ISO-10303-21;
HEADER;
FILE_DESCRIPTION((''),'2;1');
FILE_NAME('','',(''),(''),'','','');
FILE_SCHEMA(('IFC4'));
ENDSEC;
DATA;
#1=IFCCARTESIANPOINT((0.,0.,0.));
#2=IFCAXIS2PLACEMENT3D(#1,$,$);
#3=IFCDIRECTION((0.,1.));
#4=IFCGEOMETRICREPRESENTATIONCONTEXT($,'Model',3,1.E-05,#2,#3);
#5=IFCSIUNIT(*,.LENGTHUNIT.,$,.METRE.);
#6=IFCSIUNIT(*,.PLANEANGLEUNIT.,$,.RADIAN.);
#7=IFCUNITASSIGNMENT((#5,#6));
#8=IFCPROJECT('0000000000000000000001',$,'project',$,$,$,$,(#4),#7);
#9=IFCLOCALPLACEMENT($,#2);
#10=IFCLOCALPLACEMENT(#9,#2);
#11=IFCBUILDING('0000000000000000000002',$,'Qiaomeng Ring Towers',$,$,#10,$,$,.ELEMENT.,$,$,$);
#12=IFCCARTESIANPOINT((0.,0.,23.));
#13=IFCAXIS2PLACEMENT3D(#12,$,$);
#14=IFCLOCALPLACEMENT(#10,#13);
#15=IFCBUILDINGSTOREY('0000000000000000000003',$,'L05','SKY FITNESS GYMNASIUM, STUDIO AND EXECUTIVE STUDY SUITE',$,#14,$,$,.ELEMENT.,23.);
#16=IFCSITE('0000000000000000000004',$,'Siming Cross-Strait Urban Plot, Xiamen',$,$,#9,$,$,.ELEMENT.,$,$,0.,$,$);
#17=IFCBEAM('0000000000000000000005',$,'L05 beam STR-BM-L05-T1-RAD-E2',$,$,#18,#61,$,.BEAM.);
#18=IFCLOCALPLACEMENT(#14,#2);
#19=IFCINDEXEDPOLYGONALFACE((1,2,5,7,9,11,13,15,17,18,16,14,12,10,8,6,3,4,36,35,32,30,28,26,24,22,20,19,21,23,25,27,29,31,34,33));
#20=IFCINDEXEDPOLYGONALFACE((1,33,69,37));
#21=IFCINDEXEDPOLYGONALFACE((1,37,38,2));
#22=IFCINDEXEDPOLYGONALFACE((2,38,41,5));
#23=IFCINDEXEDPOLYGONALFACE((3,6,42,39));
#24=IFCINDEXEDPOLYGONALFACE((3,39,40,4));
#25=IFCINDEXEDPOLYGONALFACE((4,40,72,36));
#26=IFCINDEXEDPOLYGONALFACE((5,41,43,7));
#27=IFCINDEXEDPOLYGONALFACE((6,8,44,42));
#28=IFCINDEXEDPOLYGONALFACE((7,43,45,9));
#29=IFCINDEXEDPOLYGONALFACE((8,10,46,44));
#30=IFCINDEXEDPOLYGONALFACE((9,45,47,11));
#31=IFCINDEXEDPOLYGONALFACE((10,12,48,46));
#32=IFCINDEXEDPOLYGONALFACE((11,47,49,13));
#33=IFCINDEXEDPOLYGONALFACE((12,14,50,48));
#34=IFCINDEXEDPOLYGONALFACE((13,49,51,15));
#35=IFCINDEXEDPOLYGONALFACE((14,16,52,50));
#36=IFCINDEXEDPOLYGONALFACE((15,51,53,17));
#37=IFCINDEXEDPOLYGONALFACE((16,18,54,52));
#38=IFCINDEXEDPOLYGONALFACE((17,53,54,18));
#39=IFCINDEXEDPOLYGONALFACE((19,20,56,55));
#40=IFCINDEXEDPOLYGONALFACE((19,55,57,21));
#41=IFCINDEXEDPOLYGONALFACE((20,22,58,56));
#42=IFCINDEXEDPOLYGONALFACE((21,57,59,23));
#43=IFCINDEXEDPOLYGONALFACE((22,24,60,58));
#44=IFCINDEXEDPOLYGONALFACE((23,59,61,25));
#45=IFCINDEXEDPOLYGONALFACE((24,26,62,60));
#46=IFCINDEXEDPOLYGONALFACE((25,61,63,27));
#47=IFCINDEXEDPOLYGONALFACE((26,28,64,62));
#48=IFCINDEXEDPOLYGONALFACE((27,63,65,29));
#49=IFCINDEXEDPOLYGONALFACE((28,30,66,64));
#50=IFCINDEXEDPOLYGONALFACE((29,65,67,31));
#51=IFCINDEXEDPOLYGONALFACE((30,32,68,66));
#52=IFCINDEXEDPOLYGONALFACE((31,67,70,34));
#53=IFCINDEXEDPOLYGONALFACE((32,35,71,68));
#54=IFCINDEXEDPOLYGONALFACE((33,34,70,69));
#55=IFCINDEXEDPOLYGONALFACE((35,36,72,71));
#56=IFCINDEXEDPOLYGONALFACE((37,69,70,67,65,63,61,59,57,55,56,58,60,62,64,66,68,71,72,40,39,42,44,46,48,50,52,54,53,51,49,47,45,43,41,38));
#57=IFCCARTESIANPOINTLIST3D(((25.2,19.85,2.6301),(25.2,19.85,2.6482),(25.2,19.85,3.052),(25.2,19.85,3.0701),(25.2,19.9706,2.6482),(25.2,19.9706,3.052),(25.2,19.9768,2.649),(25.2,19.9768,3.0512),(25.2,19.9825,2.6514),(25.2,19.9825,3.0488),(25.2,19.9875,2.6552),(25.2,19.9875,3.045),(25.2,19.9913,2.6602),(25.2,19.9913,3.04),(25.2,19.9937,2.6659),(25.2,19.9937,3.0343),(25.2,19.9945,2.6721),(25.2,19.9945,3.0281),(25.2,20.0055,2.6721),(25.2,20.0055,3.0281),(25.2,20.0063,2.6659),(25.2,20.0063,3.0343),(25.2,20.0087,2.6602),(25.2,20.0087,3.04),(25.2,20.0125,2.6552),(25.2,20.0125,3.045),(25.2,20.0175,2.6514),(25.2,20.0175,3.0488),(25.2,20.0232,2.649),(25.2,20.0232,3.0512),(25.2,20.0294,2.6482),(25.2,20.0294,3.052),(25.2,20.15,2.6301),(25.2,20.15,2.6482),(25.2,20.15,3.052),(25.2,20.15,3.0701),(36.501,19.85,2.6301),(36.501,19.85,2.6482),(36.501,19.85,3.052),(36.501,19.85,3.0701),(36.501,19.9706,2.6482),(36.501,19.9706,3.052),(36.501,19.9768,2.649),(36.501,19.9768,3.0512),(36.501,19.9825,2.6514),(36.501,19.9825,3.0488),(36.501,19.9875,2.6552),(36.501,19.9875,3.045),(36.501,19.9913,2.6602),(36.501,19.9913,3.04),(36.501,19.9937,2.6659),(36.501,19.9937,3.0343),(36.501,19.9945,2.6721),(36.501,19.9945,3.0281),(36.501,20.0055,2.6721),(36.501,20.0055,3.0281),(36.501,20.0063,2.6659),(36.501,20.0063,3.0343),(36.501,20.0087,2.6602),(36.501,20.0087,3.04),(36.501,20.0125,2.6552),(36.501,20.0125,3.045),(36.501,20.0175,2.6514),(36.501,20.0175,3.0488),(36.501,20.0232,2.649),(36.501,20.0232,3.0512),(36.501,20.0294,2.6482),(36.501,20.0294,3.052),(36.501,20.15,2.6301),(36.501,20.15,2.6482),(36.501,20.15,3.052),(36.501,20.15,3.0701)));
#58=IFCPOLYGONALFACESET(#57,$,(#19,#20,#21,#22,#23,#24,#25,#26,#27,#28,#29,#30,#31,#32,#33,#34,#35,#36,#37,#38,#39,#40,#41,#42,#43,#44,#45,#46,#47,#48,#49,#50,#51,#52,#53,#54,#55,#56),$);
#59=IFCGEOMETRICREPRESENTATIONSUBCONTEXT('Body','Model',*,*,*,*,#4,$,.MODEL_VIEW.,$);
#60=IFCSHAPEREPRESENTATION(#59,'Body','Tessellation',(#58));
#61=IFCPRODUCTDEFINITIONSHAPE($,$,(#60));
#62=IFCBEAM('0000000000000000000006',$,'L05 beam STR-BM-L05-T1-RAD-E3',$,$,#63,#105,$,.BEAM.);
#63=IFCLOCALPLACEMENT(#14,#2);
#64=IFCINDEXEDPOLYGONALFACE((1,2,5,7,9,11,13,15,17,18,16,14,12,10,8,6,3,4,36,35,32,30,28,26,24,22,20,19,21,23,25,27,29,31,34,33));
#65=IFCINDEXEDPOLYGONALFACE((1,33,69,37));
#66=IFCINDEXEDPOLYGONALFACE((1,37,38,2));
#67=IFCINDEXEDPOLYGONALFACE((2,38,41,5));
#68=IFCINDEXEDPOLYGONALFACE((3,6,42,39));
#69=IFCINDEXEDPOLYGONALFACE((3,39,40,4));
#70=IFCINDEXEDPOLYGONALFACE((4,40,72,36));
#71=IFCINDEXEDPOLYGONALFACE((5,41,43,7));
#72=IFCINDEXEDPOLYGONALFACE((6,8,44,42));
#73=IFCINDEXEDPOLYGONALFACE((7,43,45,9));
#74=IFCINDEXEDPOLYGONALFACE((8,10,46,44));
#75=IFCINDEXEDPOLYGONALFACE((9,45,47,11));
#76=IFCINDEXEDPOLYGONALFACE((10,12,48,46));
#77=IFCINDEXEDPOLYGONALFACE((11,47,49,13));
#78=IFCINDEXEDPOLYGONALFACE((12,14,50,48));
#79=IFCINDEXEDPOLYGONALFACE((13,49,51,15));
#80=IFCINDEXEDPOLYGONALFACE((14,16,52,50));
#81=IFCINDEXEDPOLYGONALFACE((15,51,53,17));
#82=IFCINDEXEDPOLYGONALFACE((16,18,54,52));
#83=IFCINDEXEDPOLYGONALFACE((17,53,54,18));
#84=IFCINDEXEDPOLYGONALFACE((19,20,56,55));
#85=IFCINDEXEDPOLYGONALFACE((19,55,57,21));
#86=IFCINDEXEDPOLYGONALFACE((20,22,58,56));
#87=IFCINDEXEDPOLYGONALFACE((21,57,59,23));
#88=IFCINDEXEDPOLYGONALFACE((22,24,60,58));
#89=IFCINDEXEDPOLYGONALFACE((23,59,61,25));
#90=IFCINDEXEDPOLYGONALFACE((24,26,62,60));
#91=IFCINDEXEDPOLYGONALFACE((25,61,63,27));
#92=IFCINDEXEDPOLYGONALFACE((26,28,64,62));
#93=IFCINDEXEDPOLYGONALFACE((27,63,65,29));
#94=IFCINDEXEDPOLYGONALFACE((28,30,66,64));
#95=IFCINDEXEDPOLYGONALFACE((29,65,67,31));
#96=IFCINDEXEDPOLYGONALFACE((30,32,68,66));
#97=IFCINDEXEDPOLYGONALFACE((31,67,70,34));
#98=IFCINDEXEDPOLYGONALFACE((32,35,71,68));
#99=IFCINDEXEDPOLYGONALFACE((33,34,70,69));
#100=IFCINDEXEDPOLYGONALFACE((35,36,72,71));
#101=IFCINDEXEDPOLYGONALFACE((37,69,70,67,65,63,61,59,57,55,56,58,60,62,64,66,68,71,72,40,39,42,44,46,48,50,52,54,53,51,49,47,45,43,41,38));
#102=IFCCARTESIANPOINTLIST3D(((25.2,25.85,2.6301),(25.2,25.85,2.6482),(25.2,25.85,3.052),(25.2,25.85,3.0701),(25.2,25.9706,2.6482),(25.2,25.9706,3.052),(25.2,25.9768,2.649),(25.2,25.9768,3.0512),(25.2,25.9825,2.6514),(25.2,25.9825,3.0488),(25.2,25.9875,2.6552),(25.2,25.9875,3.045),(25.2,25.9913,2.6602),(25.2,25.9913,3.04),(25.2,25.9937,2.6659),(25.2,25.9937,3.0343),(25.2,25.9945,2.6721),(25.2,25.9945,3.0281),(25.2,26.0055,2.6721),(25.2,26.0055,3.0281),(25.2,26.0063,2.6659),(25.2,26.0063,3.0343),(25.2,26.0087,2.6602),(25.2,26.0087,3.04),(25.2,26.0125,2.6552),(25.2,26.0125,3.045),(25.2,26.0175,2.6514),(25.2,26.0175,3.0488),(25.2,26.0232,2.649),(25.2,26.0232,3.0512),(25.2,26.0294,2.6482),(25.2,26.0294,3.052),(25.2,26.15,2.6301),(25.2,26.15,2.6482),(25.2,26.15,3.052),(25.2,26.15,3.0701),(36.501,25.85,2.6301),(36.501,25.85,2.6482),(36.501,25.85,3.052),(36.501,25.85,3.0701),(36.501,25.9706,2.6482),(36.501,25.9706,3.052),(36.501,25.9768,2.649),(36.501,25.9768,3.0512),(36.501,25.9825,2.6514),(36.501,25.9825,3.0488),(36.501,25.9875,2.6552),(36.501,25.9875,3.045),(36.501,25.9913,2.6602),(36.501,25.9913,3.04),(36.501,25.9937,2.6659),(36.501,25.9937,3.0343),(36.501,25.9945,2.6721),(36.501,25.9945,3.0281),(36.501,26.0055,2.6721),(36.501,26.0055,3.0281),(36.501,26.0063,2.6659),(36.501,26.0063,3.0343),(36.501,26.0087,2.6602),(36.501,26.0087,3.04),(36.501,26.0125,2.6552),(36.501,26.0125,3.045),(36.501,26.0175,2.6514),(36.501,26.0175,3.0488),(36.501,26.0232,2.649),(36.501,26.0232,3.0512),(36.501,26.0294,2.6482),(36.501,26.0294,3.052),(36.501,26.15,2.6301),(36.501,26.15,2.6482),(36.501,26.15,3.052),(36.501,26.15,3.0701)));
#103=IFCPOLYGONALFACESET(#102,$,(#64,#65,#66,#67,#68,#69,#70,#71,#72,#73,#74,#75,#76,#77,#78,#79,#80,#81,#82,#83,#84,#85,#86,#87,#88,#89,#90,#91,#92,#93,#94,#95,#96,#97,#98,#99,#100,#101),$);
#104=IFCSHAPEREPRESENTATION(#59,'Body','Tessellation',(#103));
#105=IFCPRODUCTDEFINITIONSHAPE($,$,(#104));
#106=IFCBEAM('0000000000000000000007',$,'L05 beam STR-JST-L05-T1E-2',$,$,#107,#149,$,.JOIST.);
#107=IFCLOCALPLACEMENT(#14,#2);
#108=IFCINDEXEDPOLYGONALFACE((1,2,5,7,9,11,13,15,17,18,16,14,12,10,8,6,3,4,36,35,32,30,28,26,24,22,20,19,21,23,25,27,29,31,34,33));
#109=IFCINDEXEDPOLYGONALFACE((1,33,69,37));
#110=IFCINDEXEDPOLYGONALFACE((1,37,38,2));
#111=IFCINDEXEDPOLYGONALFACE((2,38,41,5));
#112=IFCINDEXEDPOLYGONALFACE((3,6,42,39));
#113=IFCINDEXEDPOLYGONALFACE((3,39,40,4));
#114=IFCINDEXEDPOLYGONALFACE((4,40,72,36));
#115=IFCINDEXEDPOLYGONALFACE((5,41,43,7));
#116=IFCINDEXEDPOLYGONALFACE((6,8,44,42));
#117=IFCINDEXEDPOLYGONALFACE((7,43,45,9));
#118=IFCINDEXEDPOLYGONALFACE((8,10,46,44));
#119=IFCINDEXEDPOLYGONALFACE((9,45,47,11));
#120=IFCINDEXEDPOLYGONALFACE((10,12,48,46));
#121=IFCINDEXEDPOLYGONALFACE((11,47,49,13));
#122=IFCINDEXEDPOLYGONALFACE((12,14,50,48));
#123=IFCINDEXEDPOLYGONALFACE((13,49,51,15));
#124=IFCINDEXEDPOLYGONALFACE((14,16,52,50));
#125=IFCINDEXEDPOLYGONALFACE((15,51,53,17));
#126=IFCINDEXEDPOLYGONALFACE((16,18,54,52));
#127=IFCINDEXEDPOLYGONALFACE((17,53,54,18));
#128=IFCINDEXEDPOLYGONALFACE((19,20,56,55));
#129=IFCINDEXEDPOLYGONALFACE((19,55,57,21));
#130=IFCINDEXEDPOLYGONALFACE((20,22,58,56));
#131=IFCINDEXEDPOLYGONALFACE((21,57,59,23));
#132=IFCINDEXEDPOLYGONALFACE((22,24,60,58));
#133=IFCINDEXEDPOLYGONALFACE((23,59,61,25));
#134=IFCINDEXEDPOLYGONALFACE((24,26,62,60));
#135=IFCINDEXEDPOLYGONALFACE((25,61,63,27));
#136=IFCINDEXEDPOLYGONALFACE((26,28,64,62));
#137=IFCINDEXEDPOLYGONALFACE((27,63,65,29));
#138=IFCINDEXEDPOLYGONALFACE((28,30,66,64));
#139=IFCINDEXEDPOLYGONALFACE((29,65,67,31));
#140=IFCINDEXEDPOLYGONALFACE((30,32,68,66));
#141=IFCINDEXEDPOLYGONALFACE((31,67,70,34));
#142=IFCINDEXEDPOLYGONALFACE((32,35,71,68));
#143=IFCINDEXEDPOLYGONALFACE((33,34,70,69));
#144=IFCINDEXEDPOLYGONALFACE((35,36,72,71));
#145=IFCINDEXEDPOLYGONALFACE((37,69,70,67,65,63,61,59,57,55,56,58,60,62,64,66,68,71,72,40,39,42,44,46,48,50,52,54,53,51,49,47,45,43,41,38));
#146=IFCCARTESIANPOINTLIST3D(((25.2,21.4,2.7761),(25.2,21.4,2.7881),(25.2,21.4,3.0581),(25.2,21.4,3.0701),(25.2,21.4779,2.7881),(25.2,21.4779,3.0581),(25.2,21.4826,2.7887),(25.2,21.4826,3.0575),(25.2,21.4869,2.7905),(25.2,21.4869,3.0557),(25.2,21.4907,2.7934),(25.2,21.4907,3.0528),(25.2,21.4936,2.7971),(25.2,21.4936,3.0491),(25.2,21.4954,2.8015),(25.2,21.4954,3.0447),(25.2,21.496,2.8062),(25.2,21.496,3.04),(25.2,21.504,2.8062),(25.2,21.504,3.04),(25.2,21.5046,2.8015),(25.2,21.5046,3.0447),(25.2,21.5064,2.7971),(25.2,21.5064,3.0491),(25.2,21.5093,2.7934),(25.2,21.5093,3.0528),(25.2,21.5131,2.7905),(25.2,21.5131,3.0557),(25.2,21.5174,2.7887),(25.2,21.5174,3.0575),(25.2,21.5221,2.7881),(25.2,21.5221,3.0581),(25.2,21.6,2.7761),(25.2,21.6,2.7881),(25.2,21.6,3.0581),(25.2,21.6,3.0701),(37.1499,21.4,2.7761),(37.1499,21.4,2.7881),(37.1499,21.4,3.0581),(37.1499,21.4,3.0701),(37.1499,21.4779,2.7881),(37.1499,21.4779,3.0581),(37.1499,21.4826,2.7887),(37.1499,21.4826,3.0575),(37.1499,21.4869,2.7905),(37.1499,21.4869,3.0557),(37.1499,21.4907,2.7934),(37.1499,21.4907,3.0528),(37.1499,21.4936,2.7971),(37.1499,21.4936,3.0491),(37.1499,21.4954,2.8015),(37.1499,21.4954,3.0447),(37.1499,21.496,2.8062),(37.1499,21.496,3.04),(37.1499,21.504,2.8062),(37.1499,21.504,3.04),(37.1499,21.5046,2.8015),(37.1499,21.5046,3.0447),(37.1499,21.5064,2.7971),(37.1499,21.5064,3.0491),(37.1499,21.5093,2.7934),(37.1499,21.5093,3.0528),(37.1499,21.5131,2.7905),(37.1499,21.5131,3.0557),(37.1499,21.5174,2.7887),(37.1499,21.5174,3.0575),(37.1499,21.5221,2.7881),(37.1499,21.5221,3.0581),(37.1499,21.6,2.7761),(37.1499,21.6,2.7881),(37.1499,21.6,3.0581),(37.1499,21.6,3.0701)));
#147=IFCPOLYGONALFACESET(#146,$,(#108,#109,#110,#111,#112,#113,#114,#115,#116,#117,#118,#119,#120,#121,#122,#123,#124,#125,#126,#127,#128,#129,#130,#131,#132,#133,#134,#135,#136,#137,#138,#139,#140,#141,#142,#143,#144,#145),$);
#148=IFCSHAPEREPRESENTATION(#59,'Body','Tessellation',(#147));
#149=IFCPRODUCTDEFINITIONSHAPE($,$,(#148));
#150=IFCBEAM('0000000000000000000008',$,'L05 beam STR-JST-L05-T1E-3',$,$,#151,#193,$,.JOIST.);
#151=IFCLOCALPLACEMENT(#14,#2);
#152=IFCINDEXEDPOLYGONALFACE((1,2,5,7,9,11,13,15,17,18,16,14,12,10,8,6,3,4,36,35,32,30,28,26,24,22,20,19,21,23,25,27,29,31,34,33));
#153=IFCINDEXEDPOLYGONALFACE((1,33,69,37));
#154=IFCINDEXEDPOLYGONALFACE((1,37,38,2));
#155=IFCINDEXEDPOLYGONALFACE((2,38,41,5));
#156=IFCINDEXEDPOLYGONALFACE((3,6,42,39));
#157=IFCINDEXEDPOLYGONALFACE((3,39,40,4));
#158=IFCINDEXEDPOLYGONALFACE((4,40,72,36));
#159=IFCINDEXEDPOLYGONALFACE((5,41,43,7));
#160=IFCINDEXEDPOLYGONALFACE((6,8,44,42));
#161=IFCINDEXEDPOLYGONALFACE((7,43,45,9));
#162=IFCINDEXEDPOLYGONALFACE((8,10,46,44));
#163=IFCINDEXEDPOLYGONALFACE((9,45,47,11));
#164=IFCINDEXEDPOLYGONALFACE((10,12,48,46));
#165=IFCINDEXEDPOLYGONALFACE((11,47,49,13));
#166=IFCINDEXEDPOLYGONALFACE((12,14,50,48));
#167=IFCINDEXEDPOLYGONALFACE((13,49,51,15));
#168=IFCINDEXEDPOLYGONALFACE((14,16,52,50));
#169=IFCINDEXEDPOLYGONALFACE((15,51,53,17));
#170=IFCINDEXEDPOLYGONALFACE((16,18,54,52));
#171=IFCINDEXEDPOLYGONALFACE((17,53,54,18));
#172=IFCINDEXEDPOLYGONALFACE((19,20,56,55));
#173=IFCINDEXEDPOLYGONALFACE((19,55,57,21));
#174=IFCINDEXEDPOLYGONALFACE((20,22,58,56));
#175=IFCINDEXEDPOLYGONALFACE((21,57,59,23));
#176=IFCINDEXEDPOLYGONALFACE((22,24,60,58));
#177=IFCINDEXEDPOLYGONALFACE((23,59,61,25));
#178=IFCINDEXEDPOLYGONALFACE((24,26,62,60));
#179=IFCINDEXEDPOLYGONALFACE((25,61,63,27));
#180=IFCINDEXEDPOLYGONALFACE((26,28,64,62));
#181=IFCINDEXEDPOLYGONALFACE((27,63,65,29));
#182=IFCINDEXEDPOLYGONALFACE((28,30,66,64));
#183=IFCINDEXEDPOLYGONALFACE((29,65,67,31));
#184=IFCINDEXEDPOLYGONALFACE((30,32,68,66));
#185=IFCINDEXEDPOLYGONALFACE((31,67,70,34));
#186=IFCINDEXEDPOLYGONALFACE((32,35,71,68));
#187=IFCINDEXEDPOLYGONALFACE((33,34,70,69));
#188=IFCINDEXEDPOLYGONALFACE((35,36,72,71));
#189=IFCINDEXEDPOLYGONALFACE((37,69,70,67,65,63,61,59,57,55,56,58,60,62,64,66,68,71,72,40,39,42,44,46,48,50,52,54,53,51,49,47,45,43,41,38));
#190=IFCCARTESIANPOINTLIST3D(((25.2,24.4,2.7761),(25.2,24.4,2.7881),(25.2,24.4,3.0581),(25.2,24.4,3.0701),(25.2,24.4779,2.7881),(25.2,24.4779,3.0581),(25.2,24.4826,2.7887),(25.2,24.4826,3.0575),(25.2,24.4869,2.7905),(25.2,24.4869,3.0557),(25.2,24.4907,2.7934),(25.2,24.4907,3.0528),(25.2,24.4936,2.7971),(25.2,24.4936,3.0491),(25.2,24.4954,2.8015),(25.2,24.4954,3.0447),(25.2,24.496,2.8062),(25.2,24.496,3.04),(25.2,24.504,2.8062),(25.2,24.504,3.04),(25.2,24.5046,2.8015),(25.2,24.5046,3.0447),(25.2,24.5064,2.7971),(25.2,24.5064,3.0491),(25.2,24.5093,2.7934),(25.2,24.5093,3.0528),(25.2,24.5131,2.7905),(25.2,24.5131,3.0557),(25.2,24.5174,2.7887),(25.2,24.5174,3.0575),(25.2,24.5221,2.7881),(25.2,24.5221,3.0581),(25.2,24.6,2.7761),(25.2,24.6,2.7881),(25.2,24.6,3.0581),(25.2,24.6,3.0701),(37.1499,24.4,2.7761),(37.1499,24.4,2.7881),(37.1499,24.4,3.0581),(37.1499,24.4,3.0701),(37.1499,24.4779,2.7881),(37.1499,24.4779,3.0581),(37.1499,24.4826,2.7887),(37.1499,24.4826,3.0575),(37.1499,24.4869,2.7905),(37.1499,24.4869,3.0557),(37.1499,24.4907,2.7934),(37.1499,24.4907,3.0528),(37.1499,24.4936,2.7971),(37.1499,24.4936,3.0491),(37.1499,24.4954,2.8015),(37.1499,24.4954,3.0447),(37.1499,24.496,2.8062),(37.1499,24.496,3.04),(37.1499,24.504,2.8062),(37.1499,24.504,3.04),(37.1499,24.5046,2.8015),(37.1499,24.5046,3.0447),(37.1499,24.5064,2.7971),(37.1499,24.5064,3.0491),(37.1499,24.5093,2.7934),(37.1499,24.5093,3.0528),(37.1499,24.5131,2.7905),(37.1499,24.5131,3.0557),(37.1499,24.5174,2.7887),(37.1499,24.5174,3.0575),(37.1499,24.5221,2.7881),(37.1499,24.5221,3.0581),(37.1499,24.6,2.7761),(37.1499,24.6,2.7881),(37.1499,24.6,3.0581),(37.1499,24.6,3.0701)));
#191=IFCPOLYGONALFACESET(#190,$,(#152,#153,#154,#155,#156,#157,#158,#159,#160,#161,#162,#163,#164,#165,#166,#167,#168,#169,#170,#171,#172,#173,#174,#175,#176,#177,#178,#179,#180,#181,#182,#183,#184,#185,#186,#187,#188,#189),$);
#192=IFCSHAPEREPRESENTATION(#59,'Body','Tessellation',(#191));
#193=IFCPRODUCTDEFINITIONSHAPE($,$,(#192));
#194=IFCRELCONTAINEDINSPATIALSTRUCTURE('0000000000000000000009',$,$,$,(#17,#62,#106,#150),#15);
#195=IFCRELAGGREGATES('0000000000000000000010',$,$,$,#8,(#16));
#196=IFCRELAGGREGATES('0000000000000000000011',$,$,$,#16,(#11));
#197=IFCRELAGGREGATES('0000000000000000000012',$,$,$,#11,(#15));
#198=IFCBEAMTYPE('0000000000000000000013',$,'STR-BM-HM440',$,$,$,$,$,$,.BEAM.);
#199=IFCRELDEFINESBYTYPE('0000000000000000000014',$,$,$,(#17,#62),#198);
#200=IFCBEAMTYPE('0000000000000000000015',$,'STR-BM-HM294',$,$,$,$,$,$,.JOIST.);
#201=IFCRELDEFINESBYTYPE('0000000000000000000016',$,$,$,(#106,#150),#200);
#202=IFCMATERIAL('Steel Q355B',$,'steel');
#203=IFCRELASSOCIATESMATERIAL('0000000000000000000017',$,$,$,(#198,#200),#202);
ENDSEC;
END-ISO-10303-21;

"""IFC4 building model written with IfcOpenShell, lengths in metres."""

from ifc_helpers import new_model, si_unit, direction, frame, origin, origin_2d, place, context, subcontext, project, spatial, i_section, extrude, source, transform, mapped, material, material_profile, profile_set, type_object, element, save


model = new_model("IFC4")

# Units and contexts
model_context = context("Model", 3, precision=1e-05, world=origin(), true_north=direction((0.0, 1.0)))
body_context = subcontext(model_context, "Body", "Model", "MODEL_VIEW")
ifc_project = project(units=[si_unit("LENGTHUNIT", "METRE"), si_unit("PLANEANGLEUNIT", "RADIAN")], contexts=[model_context])

# Site, building, storey
site_placement = place(None, origin())
site = spatial("IfcSite", under=ifc_project, at=site_placement, Name="Siming Cross-Strait Urban Plot, Xiamen", CompositionType="ELEMENT", RefElevation=0.0)
building_placement = place(site_placement, origin())
building = spatial("IfcBuilding", under=site, at=building_placement, Name="Qiaomeng Ring Towers", CompositionType="ELEMENT")
storey_placement = place(building_placement, frame((0.0, 0.0, 23.0)))
storey = spatial("IfcBuildingStorey", under=building, at=storey_placement, Name="L05", Description="SKY FITNESS GYMNASIUM, STUDIO AND EXECUTIVE STUDY SUITE", CompositionType="ELEMENT", Elevation=23.0)

# Beams
ifc_material_1 = material(Name="Steel Q355B", Category="steel")
ifc_material_profile_1 = material_profile(ifc_material_1, i_section(OverallWidth=0.3, OverallDepth=0.4399, WebThickness=0.011, FlangeThickness=0.0181, FilletRadius=0.0239, at=origin_2d()), Name="HM 440x300x11x18")
ifc_profile_set_1 = profile_set([ifc_material_profile_1], Name="Steel Q355B")
beam_type_1 = type_object("IfcBeamType", Name="STR-BM-HM440", PredefinedType="BEAM", material=ifc_profile_set_1)
shared_shape_1 = source(origin(), body_context, "Body", "SweptSolid", [
    extrude(i_section(OverallWidth=0.3, OverallDepth=0.4399, WebThickness=0.011, FlangeThickness=0.0181, FilletRadius=0.0239, at=origin_2d()), origin(), (0.0, 0.0, 1.0), 11.301),
])
for number, where, z_axis, x_axis, name in (
    (1, (25.2, 20.0, 2.8501), (1.0, 0.0, 0.0), (0.0, 1.0, 0.0), "L05 beam STR-BM-L05-T1-RAD-E2"),
    (2, (25.2, 26.0, 2.8501), (1.0, 0.0, 0.0), (0.0, 1.0, 0.0), "L05 beam STR-BM-L05-T1-RAD-E3"),
):
    element("IfcBeam", number, at=place(storey_placement, frame(where, z_axis=z_axis, x_axis=x_axis)), inside=storey, type_object=beam_type_1, Name=name, PredefinedType="BEAM", context=body_context, shape_type="MappedRepresentation", body=[
        mapped(shared_shape_1, transform((0.0, 0.0, 0.0), x_axis=(1.0, 0.0, 0.0), y_axis=(0.0, 1.0, 0.0), z_axis=(0.0, 0.0, 1.0), scale=1.0)),
    ])
ifc_material_profile_2 = material_profile(ifc_material_1, i_section(OverallWidth=0.2, OverallDepth=0.2939, WebThickness=0.0081, FlangeThickness=0.012, FilletRadius=0.0181, at=origin_2d()), Name="HM 294x200x8x12")
ifc_profile_set_2 = profile_set([ifc_material_profile_2], Name="Steel Q355B")
beam_type_2 = type_object("IfcBeamType", Name="STR-BM-HM294", PredefinedType="JOIST", material=ifc_profile_set_2)
shared_shape_2 = source(origin(), body_context, "Body", "SweptSolid", [
    extrude(i_section(OverallWidth=0.2, OverallDepth=0.2939, WebThickness=0.0081, FlangeThickness=0.012, FilletRadius=0.0181, at=origin_2d()), origin(), (0.0, 0.0, 1.0), 11.95),
])
for number, where, z_axis, x_axis, name in (
    (3, (25.2, 21.5, 2.9231), (1.0, 0.0, 0.0), (0.0, 1.0, 0.0), "L05 beam STR-JST-L05-T1E-2"),
    (4, (25.2, 24.5, 2.9231), (1.0, 0.0, 0.0), (0.0, 1.0, 0.0), "L05 beam STR-JST-L05-T1E-3"),
):
    element("IfcBeam", number, at=place(storey_placement, frame(where, z_axis=z_axis, x_axis=x_axis)), inside=storey, type_object=beam_type_2, Name=name, PredefinedType="JOIST", context=body_context, shape_type="MappedRepresentation", body=[
        mapped(shared_shape_2, transform((0.0, 0.0, 0.0), x_axis=(1.0, 0.0, 0.0), y_axis=(0.0, 1.0, 0.0), z_axis=(0.0, 0.0, 1.0), scale=1.0)),
    ])

save(model, "model.ifc")
